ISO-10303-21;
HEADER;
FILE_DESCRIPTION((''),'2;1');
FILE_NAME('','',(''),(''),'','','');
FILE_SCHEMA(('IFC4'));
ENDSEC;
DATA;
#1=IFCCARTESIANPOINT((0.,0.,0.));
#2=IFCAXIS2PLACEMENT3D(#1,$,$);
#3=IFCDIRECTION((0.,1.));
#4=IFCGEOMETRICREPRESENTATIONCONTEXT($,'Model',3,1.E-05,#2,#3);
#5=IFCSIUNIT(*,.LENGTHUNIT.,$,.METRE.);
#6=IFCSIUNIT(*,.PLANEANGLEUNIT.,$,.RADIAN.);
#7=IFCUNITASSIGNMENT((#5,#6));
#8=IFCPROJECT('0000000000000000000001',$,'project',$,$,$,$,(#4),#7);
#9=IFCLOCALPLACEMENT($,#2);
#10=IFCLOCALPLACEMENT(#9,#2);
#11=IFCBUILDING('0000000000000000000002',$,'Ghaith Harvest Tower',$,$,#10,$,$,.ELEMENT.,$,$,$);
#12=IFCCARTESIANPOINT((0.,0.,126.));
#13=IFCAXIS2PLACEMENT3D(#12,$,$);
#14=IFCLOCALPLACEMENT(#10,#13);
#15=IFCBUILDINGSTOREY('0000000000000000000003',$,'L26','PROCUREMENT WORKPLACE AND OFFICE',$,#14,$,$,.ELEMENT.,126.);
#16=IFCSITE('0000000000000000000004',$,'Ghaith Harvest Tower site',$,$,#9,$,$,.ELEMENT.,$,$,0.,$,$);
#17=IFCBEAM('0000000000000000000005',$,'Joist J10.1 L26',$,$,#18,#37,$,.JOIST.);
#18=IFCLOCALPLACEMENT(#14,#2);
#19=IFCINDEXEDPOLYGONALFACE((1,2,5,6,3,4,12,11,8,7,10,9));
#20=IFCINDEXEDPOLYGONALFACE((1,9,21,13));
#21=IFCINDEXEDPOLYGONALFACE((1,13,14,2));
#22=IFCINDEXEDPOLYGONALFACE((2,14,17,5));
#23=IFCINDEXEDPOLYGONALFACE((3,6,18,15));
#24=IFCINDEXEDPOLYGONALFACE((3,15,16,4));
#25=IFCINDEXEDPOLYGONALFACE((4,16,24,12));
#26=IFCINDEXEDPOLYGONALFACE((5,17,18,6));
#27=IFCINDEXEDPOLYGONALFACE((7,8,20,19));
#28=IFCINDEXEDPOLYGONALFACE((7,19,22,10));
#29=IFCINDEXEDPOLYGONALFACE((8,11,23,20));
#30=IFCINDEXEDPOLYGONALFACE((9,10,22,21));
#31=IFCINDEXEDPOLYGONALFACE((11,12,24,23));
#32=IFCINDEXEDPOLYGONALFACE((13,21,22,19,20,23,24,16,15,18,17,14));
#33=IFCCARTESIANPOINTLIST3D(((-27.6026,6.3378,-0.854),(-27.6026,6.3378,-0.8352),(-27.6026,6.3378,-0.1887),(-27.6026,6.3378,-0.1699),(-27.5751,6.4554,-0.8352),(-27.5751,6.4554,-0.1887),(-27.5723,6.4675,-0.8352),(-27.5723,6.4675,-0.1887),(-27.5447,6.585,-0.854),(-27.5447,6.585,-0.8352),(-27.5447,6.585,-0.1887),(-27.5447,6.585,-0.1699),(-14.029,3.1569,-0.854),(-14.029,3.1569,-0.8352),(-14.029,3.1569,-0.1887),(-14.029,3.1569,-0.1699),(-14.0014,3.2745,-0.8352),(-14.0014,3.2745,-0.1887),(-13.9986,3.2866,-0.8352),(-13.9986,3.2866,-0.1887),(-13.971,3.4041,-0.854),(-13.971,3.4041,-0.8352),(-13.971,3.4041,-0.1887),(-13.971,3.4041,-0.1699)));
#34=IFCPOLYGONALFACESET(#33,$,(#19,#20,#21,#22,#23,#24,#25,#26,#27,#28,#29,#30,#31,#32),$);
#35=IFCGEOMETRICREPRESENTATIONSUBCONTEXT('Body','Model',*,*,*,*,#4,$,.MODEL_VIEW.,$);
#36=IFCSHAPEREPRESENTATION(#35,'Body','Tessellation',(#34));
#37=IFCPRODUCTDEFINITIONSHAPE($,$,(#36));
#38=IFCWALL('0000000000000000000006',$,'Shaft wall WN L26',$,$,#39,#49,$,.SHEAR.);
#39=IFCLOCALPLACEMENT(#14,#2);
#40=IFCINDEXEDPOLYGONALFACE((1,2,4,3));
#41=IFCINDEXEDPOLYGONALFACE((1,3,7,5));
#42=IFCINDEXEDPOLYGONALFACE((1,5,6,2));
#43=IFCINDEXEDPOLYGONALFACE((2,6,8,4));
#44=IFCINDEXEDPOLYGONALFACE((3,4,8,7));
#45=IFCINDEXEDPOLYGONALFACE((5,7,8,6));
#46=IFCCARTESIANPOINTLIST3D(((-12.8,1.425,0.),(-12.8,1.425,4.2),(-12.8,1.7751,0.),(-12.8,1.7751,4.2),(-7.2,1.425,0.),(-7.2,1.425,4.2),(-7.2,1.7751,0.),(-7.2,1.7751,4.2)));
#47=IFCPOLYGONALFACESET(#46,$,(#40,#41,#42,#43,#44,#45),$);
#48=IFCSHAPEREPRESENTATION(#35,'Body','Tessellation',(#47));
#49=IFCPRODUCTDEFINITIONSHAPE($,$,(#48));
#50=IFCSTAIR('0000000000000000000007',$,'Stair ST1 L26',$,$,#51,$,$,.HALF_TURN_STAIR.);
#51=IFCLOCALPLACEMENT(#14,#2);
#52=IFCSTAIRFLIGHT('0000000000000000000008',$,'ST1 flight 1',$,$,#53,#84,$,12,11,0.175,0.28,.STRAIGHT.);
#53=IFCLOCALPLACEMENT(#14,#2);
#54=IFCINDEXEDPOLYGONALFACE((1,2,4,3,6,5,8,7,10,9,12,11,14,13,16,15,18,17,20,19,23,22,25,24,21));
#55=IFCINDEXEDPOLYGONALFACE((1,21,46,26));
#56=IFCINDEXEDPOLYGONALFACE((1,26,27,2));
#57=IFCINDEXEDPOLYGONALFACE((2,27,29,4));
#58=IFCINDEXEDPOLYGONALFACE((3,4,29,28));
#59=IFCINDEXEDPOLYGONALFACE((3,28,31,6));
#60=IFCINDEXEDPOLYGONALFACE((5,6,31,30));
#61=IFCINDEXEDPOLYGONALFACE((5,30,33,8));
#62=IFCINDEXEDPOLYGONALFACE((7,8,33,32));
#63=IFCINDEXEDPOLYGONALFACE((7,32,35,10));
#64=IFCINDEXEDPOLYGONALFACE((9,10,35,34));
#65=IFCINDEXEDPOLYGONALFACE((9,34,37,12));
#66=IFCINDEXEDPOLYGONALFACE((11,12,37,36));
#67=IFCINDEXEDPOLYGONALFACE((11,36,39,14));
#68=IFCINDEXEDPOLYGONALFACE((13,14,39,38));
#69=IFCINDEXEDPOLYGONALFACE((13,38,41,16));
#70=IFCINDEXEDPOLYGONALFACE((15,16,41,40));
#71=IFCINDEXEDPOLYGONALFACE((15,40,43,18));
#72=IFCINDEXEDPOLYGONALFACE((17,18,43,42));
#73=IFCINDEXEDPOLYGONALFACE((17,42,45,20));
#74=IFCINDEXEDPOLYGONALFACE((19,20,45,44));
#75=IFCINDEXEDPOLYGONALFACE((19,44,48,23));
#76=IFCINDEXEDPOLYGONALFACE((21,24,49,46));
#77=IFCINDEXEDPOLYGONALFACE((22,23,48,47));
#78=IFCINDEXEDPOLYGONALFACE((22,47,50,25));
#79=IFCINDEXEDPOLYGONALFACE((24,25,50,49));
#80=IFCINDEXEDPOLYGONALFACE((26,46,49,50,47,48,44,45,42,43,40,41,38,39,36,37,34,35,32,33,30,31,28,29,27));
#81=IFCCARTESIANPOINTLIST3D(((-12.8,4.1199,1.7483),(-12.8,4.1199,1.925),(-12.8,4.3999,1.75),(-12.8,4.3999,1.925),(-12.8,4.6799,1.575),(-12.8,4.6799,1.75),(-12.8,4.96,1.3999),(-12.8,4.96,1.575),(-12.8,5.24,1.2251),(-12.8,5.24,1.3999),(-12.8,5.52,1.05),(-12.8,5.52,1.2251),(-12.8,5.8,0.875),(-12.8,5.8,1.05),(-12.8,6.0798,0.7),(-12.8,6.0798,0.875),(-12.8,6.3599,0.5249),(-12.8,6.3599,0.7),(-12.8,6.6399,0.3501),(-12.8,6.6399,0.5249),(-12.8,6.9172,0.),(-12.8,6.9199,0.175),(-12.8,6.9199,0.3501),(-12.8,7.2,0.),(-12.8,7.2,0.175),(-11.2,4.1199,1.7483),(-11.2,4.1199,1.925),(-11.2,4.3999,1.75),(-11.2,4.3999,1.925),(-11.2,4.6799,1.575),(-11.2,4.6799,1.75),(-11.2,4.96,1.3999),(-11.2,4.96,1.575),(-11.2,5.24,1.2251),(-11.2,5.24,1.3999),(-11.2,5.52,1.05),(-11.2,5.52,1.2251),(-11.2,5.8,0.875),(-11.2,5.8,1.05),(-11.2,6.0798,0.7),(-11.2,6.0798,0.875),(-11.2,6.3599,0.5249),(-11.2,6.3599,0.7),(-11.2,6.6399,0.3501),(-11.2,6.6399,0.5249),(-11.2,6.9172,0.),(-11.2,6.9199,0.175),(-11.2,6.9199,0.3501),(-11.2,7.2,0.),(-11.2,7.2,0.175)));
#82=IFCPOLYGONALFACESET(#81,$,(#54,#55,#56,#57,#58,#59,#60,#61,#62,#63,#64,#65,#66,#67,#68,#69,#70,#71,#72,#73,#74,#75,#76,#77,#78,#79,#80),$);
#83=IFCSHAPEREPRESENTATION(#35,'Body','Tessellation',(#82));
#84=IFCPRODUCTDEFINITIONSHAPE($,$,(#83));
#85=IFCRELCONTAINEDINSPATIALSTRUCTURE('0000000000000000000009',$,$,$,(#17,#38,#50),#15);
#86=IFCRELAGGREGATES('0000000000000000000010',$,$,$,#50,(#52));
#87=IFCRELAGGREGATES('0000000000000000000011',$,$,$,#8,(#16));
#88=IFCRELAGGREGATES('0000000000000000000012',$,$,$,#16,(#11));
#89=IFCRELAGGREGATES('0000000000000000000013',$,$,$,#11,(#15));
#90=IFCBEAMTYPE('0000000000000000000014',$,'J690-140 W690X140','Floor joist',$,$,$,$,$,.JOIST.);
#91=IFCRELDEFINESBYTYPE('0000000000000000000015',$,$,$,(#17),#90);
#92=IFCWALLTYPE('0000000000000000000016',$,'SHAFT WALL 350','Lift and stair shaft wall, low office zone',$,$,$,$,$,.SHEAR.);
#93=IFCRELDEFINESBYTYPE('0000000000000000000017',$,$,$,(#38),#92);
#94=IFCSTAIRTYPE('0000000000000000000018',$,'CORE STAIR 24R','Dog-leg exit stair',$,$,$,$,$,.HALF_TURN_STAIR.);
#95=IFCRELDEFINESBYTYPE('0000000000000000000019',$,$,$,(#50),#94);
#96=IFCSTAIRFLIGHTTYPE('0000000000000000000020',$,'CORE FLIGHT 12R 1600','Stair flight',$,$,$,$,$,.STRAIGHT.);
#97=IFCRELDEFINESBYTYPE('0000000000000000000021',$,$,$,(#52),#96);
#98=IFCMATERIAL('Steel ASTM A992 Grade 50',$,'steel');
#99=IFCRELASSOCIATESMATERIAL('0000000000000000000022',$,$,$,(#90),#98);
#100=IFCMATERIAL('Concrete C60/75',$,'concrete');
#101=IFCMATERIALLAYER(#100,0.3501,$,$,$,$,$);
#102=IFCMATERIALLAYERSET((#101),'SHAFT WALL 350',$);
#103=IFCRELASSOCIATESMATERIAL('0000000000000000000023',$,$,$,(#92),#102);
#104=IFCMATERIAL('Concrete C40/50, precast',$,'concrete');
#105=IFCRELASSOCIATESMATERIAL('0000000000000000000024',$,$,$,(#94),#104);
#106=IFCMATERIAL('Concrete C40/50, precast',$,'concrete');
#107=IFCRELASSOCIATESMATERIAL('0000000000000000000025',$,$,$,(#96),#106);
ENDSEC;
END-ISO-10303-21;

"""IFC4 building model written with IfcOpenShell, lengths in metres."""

from ifc_helpers import new_model, si_unit, direction, frame, frame_2d, origin, origin_2d, place, context, subcontext, project, spatial, polyline, rectangle, i_section, outline, extrude, material, layer, layer_set, material_profile, profile_set, type_object, element, aggregate, save


model = new_model("IFC4")

# Units and contexts
model_context = context("Model", 3, precision=1e-05, world=origin(), true_north=direction((0.0, 1.0)))
body_context = subcontext(model_context, "Body", "Model", "MODEL_VIEW")
ifc_project = project(units=[si_unit("LENGTHUNIT", "METRE"), si_unit("PLANEANGLEUNIT", "RADIAN")], contexts=[model_context])

# Site, building, storey
site_placement = place(None, origin())
site = spatial("IfcSite", under=ifc_project, at=site_placement, Name="Ghaith Harvest Tower site", CompositionType="ELEMENT", RefElevation=0.0)
building_placement = place(site_placement, origin())
building = spatial("IfcBuilding", under=site, at=building_placement, Name="Ghaith Harvest Tower", CompositionType="ELEMENT")
storey_placement = place(building_placement, frame((0.0, 0.0, 126.0)))
storey = spatial("IfcBuildingStorey", under=building, at=storey_placement, Name="L26", Description="PROCUREMENT WORKPLACE AND OFFICE", CompositionType="ELEMENT", Elevation=126.0)

# Beam
ifc_material_1 = material(Name="Steel ASTM A992 Grade 50", Category="steel")
ifc_material_profile_1 = material_profile(ifc_material_1, i_section(OverallWidth=0.2539, OverallDepth=0.6841, WebThickness=0.0125, FlangeThickness=0.0188, at=origin_2d()), Name="W690X140")
ifc_profile_set_1 = profile_set([ifc_material_profile_1], Name="Steel ASTM A992 Grade 50")
beam_type_1 = type_object("IfcBeamType", Name="J690-140 W690X140", Description="Floor joist", PredefinedType="JOIST", material=ifc_profile_set_1)
beam_1_placement = place(storey_placement, frame((-14.0, 3.2805, -0.512), z_axis=(-0.973623, 0.228162, 0.0), x_axis=(-0.228162, -0.973623, 0.0)))
element("IfcBeam", 1, at=beam_1_placement, inside=storey, type_object=beam_type_1, Name="Joist J10.1 L26", PredefinedType="JOIST", context=body_context, shape_type="SweptSolid", body=[
    extrude(i_section(OverallWidth=0.2539, OverallDepth=0.6841, WebThickness=0.0125, FlangeThickness=0.0188, at=origin_2d()), origin(), (0.0, 0.0, 1.0), 13.9414),
])

# Wall
ifc_material_2 = material(Name="Concrete C60/75", Category="concrete")
ifc_layer_1 = layer(ifc_material_2, 0.3501)
ifc_layer_set_1 = layer_set([ifc_layer_1], Name="SHAFT WALL 350")
wall_type_1 = type_object("IfcWallType", Name="SHAFT WALL 350", Description="Lift and stair shaft wall, low office zone", PredefinedType="SHEAR", material=ifc_layer_set_1)
wall_1_placement = place(storey_placement, frame((-12.8, 1.6001, 0.0), z_axis=(0.0, 0.0, 1.0), x_axis=(1.0, 0.0, 0.0)))
element("IfcWall", 2, at=wall_1_placement, inside=storey, type_object=wall_type_1, Name="Shaft wall WN L26", PredefinedType="SHEAR", context=body_context, shape_type="SweptSolid", body=[
    extrude(rectangle(XDim=5.6001, YDim=0.3501, at=frame_2d((2.8, 0.0))), origin(), (0.0, 0.0, 1.0), 4.2),
])

# Stair, stair flight
ifc_material_3 = material(Name="Concrete C40/50, precast", Category="concrete")
stair_type = type_object("IfcStairType", Name="CORE STAIR 24R", Description="Dog-leg exit stair", PredefinedType="HALF_TURN_STAIR", material=ifc_material_3)
stair_placement = place(storey_placement, origin())
stair = element("IfcStair", 3, at=stair_placement, inside=storey, type_object=stair_type, Name="Stair ST1 L26", PredefinedType="HALF_TURN_STAIR")
ifc_material_4 = material(Name="Concrete C40/50, precast", Category="concrete")
stair_flight_type = type_object("IfcStairFlightType", Name="CORE FLIGHT 12R 1600", Description="Stair flight", PredefinedType="STRAIGHT", material=ifc_material_4)
stair_flight_placement = place(storey_placement, frame((-12.0, 7.2, 0.0), z_axis=(0.0, 0.0, 1.0), x_axis=(0.0, -1.0, 0.0)))
stair_flight = element("IfcStairFlight", 4, at=stair_flight_placement, type_object=stair_flight_type, Name="ST1 flight 1", NumberOfRisers=12, NumberOfTreads=11, PredefinedType="STRAIGHT", RiserHeight=0.175, TreadLength=0.28, context=body_context, shape_type="SweptSolid", body=[
    extrude(outline(polyline([(0.0, 0.0), (0.0, 0.175), (0.28, 0.175), (0.28, 0.3501), (0.5601, 0.3501), (0.5601, 0.5249), (0.8401, 0.5249), (0.8401, 0.7), (1.1201, 0.7), (1.1201, 0.875), (1.3999, 0.875), (1.3999, 1.05), (1.6799, 1.05), (1.6799, 1.2251), (1.96, 1.2251), (1.96, 1.3999), (2.24, 1.3999), (2.24, 1.575), (2.52, 1.575), (2.52, 1.75), (2.8, 1.75), (2.8, 1.925), (3.0801, 1.925), (3.0801, 2.1001), (3.0801, 1.7483), (0.2827, 0.0), (0.0, 0.0)])), frame((0.0, 0.8, 0.0), z_axis=(0.0, -1.0, 0.0), x_axis=(1.0, 0.0, 0.0)), (0.0, 0.0, 1.0), 1.6001),
])
aggregate(stair, [stair_flight])

save(model, "model.ifc")
